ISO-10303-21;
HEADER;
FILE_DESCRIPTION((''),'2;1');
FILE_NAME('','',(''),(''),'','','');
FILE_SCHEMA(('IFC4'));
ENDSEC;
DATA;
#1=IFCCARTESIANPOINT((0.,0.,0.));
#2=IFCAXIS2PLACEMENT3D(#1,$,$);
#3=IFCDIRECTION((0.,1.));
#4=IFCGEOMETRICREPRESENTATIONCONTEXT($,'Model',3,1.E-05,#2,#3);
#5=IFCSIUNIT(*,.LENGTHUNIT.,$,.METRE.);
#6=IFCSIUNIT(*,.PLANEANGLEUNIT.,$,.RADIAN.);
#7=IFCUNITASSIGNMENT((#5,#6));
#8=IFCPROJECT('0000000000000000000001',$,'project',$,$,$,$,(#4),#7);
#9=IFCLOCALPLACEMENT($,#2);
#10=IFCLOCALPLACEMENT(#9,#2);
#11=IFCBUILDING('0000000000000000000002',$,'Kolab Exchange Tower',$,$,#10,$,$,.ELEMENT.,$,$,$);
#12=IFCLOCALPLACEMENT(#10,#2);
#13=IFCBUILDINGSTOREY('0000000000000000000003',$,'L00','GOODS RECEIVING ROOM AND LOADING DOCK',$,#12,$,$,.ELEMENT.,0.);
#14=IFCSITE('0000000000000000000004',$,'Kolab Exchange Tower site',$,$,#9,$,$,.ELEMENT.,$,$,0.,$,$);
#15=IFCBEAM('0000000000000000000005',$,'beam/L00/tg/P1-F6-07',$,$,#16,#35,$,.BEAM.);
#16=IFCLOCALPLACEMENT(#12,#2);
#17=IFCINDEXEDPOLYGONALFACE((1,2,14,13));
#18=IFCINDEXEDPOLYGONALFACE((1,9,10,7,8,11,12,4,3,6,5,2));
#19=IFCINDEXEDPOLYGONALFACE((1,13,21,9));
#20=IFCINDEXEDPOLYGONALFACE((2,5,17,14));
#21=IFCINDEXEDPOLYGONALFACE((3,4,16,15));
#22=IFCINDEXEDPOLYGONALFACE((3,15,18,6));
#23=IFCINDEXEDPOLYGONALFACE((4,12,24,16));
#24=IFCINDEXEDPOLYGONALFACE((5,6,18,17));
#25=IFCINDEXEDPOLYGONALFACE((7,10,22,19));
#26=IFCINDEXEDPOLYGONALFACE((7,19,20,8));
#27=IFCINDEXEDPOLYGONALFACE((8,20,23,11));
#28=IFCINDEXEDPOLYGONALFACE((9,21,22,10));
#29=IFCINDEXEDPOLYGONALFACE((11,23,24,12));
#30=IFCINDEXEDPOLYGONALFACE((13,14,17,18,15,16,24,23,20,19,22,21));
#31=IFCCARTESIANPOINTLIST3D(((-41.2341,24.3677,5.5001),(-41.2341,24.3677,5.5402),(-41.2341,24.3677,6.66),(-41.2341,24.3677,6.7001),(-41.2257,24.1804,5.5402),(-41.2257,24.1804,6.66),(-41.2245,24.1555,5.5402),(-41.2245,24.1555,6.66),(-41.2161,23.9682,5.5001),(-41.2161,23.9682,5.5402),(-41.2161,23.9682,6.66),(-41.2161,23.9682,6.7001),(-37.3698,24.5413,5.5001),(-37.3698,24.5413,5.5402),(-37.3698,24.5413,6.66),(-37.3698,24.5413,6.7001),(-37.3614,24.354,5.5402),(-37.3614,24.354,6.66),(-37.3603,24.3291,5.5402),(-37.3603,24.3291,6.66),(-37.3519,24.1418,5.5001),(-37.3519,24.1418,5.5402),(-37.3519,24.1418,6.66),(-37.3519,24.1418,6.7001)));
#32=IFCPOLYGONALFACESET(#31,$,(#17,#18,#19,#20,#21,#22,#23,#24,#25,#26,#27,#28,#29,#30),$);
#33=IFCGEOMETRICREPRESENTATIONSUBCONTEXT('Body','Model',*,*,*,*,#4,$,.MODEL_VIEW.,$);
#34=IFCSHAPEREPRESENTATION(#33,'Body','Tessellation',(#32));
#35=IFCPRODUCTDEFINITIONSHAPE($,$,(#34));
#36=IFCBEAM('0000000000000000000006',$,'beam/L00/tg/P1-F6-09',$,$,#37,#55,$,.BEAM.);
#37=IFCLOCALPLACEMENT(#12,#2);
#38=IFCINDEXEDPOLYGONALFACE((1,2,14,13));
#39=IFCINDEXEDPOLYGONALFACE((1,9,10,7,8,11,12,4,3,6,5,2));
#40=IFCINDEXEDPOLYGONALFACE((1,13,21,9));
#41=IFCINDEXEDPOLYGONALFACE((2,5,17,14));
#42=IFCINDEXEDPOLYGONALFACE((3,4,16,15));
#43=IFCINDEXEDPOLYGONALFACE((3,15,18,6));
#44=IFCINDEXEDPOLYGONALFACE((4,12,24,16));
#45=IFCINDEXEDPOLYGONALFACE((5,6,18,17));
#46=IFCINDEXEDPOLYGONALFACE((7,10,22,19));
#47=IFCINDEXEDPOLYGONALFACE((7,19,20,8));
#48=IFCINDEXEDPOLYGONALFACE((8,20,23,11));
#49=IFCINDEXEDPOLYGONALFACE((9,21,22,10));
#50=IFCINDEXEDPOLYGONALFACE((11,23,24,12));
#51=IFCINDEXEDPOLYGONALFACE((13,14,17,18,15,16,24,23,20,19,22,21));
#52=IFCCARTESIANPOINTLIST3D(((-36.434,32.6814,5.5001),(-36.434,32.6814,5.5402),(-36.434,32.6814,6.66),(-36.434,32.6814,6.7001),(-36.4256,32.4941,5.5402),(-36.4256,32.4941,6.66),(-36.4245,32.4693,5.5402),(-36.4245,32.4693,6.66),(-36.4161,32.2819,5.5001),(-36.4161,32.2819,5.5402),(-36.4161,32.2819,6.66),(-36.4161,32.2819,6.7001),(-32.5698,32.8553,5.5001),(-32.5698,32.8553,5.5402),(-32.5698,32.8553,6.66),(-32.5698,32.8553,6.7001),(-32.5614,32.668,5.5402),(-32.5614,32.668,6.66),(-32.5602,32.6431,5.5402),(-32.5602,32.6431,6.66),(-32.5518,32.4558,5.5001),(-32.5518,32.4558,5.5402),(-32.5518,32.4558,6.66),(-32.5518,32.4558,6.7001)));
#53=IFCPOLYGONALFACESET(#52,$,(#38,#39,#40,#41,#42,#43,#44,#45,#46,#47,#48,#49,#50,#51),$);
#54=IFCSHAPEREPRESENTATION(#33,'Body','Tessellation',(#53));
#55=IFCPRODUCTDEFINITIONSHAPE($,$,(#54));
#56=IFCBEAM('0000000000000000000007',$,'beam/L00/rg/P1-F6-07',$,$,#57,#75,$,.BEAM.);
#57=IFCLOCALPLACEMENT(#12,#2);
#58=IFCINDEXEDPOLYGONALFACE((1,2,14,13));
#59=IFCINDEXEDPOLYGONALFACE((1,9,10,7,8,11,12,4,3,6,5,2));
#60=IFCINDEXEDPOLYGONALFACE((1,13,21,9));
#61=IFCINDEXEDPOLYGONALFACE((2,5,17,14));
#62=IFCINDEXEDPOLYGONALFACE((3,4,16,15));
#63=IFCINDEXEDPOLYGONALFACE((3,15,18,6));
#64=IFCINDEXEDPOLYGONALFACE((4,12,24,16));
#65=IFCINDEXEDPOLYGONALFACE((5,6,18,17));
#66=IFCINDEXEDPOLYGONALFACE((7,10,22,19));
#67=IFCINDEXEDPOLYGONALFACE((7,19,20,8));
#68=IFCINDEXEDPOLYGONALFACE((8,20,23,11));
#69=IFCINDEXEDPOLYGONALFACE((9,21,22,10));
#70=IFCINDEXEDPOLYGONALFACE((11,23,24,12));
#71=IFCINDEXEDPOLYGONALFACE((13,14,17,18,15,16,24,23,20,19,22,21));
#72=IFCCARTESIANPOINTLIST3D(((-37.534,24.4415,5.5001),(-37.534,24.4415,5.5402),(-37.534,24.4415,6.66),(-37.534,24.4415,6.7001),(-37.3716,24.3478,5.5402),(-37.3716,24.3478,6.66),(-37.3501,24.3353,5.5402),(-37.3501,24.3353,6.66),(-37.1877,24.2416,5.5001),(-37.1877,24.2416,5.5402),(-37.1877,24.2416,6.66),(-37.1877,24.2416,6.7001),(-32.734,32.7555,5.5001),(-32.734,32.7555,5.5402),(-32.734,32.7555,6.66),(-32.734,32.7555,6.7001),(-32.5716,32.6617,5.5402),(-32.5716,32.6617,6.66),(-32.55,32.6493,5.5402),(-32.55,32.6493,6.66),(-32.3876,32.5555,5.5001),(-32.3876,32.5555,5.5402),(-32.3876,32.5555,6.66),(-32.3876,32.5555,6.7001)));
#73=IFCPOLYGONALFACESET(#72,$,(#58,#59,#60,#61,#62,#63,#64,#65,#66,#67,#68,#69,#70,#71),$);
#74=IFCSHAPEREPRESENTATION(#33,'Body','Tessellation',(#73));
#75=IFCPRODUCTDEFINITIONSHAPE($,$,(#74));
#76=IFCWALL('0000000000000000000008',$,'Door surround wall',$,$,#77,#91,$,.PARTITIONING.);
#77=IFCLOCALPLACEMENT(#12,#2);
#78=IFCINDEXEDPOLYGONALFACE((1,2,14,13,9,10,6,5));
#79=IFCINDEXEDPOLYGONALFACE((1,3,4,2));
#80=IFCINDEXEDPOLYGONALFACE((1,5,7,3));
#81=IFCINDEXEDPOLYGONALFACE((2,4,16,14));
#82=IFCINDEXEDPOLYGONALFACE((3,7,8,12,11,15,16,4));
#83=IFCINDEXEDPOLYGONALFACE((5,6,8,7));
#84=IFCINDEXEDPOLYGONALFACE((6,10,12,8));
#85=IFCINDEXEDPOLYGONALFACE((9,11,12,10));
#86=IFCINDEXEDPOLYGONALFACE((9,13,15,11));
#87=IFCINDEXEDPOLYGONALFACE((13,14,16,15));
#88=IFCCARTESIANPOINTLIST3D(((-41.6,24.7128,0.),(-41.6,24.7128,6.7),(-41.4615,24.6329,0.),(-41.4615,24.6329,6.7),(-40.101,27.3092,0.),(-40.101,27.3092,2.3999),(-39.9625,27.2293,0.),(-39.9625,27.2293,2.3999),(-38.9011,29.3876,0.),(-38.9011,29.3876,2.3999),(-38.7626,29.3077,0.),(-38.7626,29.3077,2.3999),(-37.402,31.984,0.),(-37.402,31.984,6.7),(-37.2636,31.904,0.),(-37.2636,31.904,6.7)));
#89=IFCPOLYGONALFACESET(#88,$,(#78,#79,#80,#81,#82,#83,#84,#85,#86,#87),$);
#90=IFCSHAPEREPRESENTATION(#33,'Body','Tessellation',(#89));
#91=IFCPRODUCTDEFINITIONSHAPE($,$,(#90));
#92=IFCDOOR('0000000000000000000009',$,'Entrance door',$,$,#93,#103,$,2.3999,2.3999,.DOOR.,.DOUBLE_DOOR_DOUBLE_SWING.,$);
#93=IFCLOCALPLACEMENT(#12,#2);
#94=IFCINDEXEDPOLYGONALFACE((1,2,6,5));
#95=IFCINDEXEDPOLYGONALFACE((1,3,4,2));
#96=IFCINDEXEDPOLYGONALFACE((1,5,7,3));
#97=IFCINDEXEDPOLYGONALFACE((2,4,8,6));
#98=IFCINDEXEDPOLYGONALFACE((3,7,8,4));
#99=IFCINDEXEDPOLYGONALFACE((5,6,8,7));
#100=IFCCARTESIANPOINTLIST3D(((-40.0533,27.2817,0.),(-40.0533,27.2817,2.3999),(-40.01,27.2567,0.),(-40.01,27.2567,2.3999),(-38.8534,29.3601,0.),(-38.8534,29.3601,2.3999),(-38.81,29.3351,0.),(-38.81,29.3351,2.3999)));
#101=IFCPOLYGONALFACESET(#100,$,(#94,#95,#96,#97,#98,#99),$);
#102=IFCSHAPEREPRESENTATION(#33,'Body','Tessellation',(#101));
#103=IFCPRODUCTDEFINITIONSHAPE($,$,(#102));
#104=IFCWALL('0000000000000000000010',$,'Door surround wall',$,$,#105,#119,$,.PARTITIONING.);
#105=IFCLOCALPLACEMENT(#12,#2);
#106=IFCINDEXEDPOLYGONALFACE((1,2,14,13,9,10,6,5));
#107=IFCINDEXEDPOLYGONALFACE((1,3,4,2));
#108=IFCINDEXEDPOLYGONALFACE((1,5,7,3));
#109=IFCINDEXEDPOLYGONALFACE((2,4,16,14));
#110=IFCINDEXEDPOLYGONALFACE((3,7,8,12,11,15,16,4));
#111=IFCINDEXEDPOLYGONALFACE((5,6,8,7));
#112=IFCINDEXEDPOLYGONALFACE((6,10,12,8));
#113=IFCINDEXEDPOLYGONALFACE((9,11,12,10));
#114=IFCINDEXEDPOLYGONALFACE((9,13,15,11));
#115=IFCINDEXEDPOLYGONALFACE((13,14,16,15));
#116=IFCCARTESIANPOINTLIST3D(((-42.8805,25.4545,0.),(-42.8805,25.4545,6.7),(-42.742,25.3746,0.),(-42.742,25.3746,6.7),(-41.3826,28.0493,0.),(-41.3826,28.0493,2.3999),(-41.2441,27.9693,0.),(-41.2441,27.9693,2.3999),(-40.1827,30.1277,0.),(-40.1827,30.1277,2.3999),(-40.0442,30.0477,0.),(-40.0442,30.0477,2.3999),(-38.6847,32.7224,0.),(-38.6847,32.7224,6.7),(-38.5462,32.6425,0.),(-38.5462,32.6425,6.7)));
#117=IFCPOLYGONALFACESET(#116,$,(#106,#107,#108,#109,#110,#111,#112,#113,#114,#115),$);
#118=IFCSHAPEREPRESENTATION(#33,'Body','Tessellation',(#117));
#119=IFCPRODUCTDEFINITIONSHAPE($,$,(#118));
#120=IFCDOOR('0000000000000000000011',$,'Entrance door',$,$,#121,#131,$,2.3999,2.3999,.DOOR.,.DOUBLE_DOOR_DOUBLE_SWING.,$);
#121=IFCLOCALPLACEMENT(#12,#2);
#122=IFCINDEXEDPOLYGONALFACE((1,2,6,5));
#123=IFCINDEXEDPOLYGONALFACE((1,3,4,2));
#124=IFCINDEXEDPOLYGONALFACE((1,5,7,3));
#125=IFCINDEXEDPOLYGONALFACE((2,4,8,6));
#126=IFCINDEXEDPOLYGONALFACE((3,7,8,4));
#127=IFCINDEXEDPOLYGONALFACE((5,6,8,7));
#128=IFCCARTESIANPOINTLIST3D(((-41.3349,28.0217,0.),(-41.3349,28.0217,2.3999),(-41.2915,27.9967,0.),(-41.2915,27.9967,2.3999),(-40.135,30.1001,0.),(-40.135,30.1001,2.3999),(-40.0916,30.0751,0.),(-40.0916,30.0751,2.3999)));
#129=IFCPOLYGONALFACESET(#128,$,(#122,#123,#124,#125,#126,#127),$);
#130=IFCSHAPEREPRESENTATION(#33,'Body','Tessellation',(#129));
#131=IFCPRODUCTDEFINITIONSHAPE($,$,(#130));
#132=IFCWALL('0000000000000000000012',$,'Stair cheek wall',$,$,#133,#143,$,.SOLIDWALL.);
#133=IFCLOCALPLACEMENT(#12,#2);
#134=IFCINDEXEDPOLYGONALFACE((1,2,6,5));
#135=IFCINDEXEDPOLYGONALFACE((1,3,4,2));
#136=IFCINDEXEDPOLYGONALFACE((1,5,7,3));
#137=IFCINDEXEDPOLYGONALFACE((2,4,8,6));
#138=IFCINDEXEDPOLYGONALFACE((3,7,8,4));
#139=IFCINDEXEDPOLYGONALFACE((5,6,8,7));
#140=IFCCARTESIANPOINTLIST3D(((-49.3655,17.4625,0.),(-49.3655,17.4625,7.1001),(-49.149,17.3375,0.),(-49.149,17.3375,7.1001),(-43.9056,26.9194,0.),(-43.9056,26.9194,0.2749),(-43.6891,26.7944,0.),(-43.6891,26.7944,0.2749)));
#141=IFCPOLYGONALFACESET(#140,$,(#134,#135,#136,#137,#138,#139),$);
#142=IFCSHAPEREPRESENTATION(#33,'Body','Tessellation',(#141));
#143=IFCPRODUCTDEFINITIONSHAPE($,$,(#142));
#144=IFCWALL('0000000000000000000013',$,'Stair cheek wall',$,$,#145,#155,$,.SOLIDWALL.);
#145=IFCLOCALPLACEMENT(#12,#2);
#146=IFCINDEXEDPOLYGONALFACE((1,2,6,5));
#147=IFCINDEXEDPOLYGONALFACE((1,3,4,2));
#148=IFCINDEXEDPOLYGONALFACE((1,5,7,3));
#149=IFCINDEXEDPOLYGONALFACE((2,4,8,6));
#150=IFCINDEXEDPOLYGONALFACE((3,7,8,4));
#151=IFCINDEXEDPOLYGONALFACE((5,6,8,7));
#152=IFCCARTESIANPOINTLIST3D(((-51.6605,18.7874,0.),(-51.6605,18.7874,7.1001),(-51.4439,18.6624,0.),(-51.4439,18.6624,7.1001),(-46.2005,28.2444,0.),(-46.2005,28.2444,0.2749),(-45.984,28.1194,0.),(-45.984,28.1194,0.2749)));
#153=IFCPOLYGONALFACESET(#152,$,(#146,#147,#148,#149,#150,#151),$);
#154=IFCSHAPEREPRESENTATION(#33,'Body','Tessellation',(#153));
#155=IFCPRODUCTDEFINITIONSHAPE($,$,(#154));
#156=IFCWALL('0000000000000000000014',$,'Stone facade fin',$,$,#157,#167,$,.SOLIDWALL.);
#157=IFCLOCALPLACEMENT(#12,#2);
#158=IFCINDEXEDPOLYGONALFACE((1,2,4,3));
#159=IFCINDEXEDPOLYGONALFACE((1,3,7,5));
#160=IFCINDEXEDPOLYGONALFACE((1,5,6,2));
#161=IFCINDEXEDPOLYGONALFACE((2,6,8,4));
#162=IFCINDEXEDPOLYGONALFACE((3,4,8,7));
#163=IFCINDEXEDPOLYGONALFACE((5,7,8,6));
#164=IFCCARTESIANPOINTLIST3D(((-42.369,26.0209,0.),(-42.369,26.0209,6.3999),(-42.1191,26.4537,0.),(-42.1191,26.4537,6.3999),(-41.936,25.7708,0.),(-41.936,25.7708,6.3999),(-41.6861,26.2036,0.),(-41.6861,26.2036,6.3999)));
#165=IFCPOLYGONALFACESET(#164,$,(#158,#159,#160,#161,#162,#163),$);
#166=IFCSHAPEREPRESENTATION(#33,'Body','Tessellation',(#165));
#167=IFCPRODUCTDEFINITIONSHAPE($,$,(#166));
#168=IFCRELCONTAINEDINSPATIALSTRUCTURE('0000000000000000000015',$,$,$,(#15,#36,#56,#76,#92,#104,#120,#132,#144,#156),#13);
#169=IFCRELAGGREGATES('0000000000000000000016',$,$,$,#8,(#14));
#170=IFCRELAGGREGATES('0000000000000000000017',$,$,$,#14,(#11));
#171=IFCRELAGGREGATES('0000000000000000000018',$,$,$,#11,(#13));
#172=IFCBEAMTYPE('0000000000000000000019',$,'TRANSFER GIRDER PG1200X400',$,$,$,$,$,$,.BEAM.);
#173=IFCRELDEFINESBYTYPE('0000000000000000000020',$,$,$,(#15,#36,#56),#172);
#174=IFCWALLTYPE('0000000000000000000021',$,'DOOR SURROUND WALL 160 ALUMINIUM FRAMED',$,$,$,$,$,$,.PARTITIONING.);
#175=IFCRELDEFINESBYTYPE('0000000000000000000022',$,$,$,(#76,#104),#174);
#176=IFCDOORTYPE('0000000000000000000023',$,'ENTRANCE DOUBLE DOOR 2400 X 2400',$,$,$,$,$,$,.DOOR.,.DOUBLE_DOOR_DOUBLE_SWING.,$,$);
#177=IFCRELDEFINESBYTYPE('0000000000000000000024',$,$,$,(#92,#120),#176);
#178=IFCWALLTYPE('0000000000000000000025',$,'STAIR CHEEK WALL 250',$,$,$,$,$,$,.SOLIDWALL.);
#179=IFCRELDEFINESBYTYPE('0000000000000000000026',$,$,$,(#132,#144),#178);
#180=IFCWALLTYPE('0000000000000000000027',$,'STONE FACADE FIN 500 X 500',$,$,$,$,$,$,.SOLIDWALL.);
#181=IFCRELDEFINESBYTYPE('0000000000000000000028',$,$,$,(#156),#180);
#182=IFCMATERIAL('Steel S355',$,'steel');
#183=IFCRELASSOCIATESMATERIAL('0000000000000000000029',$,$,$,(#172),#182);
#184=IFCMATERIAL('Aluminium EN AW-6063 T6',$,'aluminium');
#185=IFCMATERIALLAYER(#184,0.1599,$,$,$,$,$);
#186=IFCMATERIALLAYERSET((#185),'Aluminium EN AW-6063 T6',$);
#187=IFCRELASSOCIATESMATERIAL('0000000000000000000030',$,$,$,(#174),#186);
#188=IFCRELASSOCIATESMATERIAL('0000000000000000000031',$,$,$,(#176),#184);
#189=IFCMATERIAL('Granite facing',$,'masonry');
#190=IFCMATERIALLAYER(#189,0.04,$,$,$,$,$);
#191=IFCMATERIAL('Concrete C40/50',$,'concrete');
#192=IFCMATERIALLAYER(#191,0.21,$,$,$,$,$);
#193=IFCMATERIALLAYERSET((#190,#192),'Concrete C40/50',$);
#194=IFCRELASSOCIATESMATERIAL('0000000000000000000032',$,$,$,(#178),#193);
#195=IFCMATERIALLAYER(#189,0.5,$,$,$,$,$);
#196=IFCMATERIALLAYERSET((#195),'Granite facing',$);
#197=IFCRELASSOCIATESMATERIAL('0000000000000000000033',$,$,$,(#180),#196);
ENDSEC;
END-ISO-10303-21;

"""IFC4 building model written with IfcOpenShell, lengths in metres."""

from ifc_helpers import new_model, si_unit, direction, frame, frame_2d, origin, origin_2d, place, context, subcontext, project, spatial, polyline, rectangle, i_section, outline, extrude, material, layer, layer_set, material_profile, profile_set, type_object, element, fill, save


model = new_model("IFC4")

# Units and contexts
model_context = context("Model", 3, precision=1e-05, world=origin(), true_north=direction((0.0, 1.0)))
body_context = subcontext(model_context, "Body", "Model", "MODEL_VIEW")
ifc_project = project(units=[si_unit("LENGTHUNIT", "METRE"), si_unit("PLANEANGLEUNIT", "RADIAN")], contexts=[model_context])

# Site, building, storey
site_placement = place(None, origin())
site = spatial("IfcSite", under=ifc_project, at=site_placement, Name="Kolab Exchange Tower site", CompositionType="ELEMENT", RefElevation=0.0)
building_placement = place(site_placement, origin())
building = spatial("IfcBuilding", under=site, at=building_placement, Name="Kolab Exchange Tower", CompositionType="ELEMENT")
storey_placement = place(building_placement, origin())
storey = spatial("IfcBuildingStorey", under=building, at=storey_placement, Name="L00", Description="GOODS RECEIVING ROOM AND LOADING DOCK", CompositionType="ELEMENT", Elevation=0.0)

# Beams
ifc_material_1 = material(Name="Steel S355", Category="steel")
ifc_material_profile_1 = material_profile(ifc_material_1, i_section(OverallWidth=0.3999, OverallDepth=1.2, WebThickness=0.0249, FlangeThickness=0.04, at=origin_2d()), Name="PG1200X400")
ifc_profile_set_1 = profile_set([ifc_material_profile_1], Name="Steel S355")
beam_type = type_object("IfcBeamType", Name="TRANSFER GIRDER PG1200X400", PredefinedType="BEAM", material=ifc_profile_set_1)
for number, where, z_axis, x_axis, name in (
    (1, (-37.3608, 24.3416, 6.1001), (-0.998993, -0.044875, 0.0), (0.044875, -0.998993, 0.0), "beam/L00/tg/P1-F6-07"),
    (2, (-32.5608, 32.6555, 6.1001), (-0.99899, -0.044938, 0.0), (0.044938, -0.99899, 0.0), "beam/L00/tg/P1-F6-09"),
):
    element("IfcBeam", number, at=place(storey_placement, frame(where, z_axis=z_axis, x_axis=x_axis)), inside=storey, type_object=beam_type, Name=name, PredefinedType="BEAM", context=body_context, shape_type="SweptSolid", body=[
        extrude(i_section(OverallWidth=0.3999, OverallDepth=1.2, WebThickness=0.0249, FlangeThickness=0.04, at=origin_2d()), origin(), (0.0, 0.0, 1.0), 3.8682),
    ])
beam_placement = place(storey_placement, frame((-37.3608, 24.3416, 6.1001), z_axis=(0.499998, 0.866026, 0.0), x_axis=(-0.866026, 0.499998, 0.0)))
element("IfcBeam", 3, at=beam_placement, inside=storey, type_object=beam_type, Name="beam/L00/rg/P1-F6-07", PredefinedType="BEAM", context=body_context, shape_type="SweptSolid", body=[
    extrude(i_section(OverallWidth=0.3999, OverallDepth=1.2, WebThickness=0.0249, FlangeThickness=0.04, at=origin_2d()), origin(), (0.0, 0.0, 1.0), 9.6001),
])

# Walls, openings, doors
ifc_material_2 = material(Name="Aluminium EN AW-6063 T6", Category="aluminium")
ifc_layer_1 = layer(ifc_material_2, 0.1599)
ifc_layer_set_1 = layer_set([ifc_layer_1], Name="Aluminium EN AW-6063 T6")
wall_type_1 = type_object("IfcWallType", Name="DOOR SURROUND WALL 160 ALUMINIUM FRAMED", PredefinedType="PARTITIONING", material=ifc_layer_set_1)
wall_1_placement = place(storey_placement, frame((-41.5308, 24.6729, 0.0), z_axis=(0.0, 0.0, 1.0), x_axis=(0.499995, 0.866028, 0.0)))
wall_1 = element("IfcWall", 4, at=wall_1_placement, inside=storey, type_object=wall_type_1, Name="Door surround wall", PredefinedType="PARTITIONING", context=body_context, shape_type="SweptSolid", body=[
    extrude(rectangle(XDim=8.396, YDim=0.1599, at=frame_2d((4.198, 0.0))), origin(), (0.0, 0.0, 1.0), 6.7),
])
opening_1_placement = place(wall_1_placement, frame((2.998, 0.0, 0.0)))
opening_1 = element("IfcOpeningElement", 5, at=opening_1_placement, cuts=wall_1, PredefinedType="OPENING", context=body_context, shape_type="SweptSolid", body=[
    extrude(rectangle(XDim=2.3999, YDim=2.3999, at=frame_2d((1.2, 1.2))), frame((0.0, 0.0898, 0.0), z_axis=(0.0, -1.0, 0.0), x_axis=(1.0, 0.0, 0.0)), (0.0, 0.0, 1.0), 0.1799),
])
door_type = type_object("IfcDoorType", Name="ENTRANCE DOUBLE DOOR 2400 X 2400", OperationType="DOUBLE_DOOR_DOUBLE_SWING", PredefinedType="DOOR", material=ifc_material_2)
door_1_placement = place(opening_1_placement, origin())
door_1 = element("IfcDoor", 6, at=door_1_placement, inside=storey, type_object=door_type, Name="Entrance door", OperationType="DOUBLE_DOOR_DOUBLE_SWING", OverallHeight=2.3999, OverallWidth=2.3999, PredefinedType="DOOR", context=body_context, shape_type="SweptSolid", body=[
    extrude(rectangle(XDim=2.3999, YDim=2.3999, at=frame_2d((1.2, 1.2))), frame((0.0, 0.0249, 0.0), z_axis=(0.0, -1.0, 0.0), x_axis=(1.0, 0.0, 0.0)), (0.0, 0.0, 1.0), 0.05),
])
fill(opening_1, door_1)
wall_2_placement = place(storey_placement, frame((-42.8113, 25.4146, 0.0), z_axis=(0.0, 0.0, 1.0), x_axis=(0.499975, 0.86604, 0.0)))
wall_2 = element("IfcWall", 7, at=wall_2_placement, inside=storey, type_object=wall_type_1, Name="Door surround wall", PredefinedType="PARTITIONING", context=body_context, shape_type="SweptSolid", body=[
    extrude(rectangle(XDim=8.3921, YDim=0.1599, at=frame_2d((4.196, 0.0))), origin(), (0.0, 0.0, 1.0), 6.7),
])
opening_2_placement = place(wall_2_placement, frame((2.9961, 0.0, 0.0)))
opening_2 = element("IfcOpeningElement", 8, at=opening_2_placement, cuts=wall_2, PredefinedType="OPENING", context=body_context, shape_type="SweptSolid", body=[
    extrude(rectangle(XDim=2.3999, YDim=2.3999, at=frame_2d((1.2, 1.2))), frame((0.0, 0.0898, 0.0), z_axis=(0.0, -1.0, 0.0), x_axis=(1.0, 0.0, 0.0)), (0.0, 0.0, 1.0), 0.1799),
])
door_2_placement = place(opening_2_placement, origin())
door_2 = element("IfcDoor", 9, at=door_2_placement, inside=storey, type_object=door_type, Name="Entrance door", OperationType="DOUBLE_DOOR_DOUBLE_SWING", OverallHeight=2.3999, OverallWidth=2.3999, PredefinedType="DOOR", context=body_context, shape_type="SweptSolid", body=[
    extrude(rectangle(XDim=2.3999, YDim=2.3999, at=frame_2d((1.2, 1.2))), frame((0.0, 0.0249, 0.0), z_axis=(0.0, -1.0, 0.0), x_axis=(1.0, 0.0, 0.0)), (0.0, 0.0, 1.0), 0.05),
])
fill(opening_2, door_2)

# Walls
ifc_material_3 = material(Name="Granite facing", Category="masonry")
ifc_layer_2 = layer(ifc_material_3, 0.04)
ifc_material_4 = material(Name="Concrete C40/50", Category="concrete")
ifc_layer_3 = layer(ifc_material_4, 0.21)
ifc_layer_set_2 = layer_set([ifc_layer_2, ifc_layer_3], Name="Concrete C40/50")
wall_type_2 = type_object("IfcWallType", Name="STAIR CHEEK WALL 250", PredefinedType="SOLIDWALL", material=ifc_layer_set_2)
for number, where, z_axis, x_axis, name in (
    (10, (-43.7974, 26.8569, 0.0), (0.0, 0.0, 1.0), (-0.499996, -0.866028, 0.0), "Stair cheek wall"),
    (11, (-46.0923, 28.1819, 0.0), (0.0, 0.0, 1.0), (-0.499996, -0.866028, 0.0), "Stair cheek wall"),
):
    element("IfcWall", number, at=place(storey_placement, frame(where, z_axis=z_axis, x_axis=x_axis)), inside=storey, type_object=wall_type_2, Name=name, PredefinedType="SOLIDWALL", context=body_context, shape_type="SweptSolid", body=[
        extrude(outline(polyline([(0.0, 0.0), (10.9199, 0.0), (10.9199, 7.1001), (0.0, 0.2749), (0.0, 0.0)])), frame((0.0, 0.125, 0.0), z_axis=(0.0, -1.0, 0.0), x_axis=(1.0, 0.0, 0.0)), (0.0, 0.0, 1.0), 0.25),
    ])
ifc_layer_4 = layer(ifc_material_3, 0.5)
ifc_layer_set_3 = layer_set([ifc_layer_4], Name="Granite facing")
wall_type_3 = type_object("IfcWallType", Name="STONE FACADE FIN 500 X 500", PredefinedType="SOLIDWALL", material=ifc_layer_set_3)
wall_3_placement = place(storey_placement, frame((-42.1526, 25.8958, 0.0), z_axis=(0.0, 0.0, 1.0), x_axis=(0.500131, 0.86595, 0.0)))
element("IfcWall", 12, at=wall_3_placement, inside=storey, type_object=wall_type_3, Name="Stone facade fin", PredefinedType="SOLIDWALL", context=body_context, shape_type="SweptSolid", body=[
    extrude(rectangle(XDim=0.4998, YDim=0.5, at=frame_2d((0.25, 0.0))), origin(), (0.0, 0.0, 1.0), 6.3999),
])

save(model, "model.ifc")
